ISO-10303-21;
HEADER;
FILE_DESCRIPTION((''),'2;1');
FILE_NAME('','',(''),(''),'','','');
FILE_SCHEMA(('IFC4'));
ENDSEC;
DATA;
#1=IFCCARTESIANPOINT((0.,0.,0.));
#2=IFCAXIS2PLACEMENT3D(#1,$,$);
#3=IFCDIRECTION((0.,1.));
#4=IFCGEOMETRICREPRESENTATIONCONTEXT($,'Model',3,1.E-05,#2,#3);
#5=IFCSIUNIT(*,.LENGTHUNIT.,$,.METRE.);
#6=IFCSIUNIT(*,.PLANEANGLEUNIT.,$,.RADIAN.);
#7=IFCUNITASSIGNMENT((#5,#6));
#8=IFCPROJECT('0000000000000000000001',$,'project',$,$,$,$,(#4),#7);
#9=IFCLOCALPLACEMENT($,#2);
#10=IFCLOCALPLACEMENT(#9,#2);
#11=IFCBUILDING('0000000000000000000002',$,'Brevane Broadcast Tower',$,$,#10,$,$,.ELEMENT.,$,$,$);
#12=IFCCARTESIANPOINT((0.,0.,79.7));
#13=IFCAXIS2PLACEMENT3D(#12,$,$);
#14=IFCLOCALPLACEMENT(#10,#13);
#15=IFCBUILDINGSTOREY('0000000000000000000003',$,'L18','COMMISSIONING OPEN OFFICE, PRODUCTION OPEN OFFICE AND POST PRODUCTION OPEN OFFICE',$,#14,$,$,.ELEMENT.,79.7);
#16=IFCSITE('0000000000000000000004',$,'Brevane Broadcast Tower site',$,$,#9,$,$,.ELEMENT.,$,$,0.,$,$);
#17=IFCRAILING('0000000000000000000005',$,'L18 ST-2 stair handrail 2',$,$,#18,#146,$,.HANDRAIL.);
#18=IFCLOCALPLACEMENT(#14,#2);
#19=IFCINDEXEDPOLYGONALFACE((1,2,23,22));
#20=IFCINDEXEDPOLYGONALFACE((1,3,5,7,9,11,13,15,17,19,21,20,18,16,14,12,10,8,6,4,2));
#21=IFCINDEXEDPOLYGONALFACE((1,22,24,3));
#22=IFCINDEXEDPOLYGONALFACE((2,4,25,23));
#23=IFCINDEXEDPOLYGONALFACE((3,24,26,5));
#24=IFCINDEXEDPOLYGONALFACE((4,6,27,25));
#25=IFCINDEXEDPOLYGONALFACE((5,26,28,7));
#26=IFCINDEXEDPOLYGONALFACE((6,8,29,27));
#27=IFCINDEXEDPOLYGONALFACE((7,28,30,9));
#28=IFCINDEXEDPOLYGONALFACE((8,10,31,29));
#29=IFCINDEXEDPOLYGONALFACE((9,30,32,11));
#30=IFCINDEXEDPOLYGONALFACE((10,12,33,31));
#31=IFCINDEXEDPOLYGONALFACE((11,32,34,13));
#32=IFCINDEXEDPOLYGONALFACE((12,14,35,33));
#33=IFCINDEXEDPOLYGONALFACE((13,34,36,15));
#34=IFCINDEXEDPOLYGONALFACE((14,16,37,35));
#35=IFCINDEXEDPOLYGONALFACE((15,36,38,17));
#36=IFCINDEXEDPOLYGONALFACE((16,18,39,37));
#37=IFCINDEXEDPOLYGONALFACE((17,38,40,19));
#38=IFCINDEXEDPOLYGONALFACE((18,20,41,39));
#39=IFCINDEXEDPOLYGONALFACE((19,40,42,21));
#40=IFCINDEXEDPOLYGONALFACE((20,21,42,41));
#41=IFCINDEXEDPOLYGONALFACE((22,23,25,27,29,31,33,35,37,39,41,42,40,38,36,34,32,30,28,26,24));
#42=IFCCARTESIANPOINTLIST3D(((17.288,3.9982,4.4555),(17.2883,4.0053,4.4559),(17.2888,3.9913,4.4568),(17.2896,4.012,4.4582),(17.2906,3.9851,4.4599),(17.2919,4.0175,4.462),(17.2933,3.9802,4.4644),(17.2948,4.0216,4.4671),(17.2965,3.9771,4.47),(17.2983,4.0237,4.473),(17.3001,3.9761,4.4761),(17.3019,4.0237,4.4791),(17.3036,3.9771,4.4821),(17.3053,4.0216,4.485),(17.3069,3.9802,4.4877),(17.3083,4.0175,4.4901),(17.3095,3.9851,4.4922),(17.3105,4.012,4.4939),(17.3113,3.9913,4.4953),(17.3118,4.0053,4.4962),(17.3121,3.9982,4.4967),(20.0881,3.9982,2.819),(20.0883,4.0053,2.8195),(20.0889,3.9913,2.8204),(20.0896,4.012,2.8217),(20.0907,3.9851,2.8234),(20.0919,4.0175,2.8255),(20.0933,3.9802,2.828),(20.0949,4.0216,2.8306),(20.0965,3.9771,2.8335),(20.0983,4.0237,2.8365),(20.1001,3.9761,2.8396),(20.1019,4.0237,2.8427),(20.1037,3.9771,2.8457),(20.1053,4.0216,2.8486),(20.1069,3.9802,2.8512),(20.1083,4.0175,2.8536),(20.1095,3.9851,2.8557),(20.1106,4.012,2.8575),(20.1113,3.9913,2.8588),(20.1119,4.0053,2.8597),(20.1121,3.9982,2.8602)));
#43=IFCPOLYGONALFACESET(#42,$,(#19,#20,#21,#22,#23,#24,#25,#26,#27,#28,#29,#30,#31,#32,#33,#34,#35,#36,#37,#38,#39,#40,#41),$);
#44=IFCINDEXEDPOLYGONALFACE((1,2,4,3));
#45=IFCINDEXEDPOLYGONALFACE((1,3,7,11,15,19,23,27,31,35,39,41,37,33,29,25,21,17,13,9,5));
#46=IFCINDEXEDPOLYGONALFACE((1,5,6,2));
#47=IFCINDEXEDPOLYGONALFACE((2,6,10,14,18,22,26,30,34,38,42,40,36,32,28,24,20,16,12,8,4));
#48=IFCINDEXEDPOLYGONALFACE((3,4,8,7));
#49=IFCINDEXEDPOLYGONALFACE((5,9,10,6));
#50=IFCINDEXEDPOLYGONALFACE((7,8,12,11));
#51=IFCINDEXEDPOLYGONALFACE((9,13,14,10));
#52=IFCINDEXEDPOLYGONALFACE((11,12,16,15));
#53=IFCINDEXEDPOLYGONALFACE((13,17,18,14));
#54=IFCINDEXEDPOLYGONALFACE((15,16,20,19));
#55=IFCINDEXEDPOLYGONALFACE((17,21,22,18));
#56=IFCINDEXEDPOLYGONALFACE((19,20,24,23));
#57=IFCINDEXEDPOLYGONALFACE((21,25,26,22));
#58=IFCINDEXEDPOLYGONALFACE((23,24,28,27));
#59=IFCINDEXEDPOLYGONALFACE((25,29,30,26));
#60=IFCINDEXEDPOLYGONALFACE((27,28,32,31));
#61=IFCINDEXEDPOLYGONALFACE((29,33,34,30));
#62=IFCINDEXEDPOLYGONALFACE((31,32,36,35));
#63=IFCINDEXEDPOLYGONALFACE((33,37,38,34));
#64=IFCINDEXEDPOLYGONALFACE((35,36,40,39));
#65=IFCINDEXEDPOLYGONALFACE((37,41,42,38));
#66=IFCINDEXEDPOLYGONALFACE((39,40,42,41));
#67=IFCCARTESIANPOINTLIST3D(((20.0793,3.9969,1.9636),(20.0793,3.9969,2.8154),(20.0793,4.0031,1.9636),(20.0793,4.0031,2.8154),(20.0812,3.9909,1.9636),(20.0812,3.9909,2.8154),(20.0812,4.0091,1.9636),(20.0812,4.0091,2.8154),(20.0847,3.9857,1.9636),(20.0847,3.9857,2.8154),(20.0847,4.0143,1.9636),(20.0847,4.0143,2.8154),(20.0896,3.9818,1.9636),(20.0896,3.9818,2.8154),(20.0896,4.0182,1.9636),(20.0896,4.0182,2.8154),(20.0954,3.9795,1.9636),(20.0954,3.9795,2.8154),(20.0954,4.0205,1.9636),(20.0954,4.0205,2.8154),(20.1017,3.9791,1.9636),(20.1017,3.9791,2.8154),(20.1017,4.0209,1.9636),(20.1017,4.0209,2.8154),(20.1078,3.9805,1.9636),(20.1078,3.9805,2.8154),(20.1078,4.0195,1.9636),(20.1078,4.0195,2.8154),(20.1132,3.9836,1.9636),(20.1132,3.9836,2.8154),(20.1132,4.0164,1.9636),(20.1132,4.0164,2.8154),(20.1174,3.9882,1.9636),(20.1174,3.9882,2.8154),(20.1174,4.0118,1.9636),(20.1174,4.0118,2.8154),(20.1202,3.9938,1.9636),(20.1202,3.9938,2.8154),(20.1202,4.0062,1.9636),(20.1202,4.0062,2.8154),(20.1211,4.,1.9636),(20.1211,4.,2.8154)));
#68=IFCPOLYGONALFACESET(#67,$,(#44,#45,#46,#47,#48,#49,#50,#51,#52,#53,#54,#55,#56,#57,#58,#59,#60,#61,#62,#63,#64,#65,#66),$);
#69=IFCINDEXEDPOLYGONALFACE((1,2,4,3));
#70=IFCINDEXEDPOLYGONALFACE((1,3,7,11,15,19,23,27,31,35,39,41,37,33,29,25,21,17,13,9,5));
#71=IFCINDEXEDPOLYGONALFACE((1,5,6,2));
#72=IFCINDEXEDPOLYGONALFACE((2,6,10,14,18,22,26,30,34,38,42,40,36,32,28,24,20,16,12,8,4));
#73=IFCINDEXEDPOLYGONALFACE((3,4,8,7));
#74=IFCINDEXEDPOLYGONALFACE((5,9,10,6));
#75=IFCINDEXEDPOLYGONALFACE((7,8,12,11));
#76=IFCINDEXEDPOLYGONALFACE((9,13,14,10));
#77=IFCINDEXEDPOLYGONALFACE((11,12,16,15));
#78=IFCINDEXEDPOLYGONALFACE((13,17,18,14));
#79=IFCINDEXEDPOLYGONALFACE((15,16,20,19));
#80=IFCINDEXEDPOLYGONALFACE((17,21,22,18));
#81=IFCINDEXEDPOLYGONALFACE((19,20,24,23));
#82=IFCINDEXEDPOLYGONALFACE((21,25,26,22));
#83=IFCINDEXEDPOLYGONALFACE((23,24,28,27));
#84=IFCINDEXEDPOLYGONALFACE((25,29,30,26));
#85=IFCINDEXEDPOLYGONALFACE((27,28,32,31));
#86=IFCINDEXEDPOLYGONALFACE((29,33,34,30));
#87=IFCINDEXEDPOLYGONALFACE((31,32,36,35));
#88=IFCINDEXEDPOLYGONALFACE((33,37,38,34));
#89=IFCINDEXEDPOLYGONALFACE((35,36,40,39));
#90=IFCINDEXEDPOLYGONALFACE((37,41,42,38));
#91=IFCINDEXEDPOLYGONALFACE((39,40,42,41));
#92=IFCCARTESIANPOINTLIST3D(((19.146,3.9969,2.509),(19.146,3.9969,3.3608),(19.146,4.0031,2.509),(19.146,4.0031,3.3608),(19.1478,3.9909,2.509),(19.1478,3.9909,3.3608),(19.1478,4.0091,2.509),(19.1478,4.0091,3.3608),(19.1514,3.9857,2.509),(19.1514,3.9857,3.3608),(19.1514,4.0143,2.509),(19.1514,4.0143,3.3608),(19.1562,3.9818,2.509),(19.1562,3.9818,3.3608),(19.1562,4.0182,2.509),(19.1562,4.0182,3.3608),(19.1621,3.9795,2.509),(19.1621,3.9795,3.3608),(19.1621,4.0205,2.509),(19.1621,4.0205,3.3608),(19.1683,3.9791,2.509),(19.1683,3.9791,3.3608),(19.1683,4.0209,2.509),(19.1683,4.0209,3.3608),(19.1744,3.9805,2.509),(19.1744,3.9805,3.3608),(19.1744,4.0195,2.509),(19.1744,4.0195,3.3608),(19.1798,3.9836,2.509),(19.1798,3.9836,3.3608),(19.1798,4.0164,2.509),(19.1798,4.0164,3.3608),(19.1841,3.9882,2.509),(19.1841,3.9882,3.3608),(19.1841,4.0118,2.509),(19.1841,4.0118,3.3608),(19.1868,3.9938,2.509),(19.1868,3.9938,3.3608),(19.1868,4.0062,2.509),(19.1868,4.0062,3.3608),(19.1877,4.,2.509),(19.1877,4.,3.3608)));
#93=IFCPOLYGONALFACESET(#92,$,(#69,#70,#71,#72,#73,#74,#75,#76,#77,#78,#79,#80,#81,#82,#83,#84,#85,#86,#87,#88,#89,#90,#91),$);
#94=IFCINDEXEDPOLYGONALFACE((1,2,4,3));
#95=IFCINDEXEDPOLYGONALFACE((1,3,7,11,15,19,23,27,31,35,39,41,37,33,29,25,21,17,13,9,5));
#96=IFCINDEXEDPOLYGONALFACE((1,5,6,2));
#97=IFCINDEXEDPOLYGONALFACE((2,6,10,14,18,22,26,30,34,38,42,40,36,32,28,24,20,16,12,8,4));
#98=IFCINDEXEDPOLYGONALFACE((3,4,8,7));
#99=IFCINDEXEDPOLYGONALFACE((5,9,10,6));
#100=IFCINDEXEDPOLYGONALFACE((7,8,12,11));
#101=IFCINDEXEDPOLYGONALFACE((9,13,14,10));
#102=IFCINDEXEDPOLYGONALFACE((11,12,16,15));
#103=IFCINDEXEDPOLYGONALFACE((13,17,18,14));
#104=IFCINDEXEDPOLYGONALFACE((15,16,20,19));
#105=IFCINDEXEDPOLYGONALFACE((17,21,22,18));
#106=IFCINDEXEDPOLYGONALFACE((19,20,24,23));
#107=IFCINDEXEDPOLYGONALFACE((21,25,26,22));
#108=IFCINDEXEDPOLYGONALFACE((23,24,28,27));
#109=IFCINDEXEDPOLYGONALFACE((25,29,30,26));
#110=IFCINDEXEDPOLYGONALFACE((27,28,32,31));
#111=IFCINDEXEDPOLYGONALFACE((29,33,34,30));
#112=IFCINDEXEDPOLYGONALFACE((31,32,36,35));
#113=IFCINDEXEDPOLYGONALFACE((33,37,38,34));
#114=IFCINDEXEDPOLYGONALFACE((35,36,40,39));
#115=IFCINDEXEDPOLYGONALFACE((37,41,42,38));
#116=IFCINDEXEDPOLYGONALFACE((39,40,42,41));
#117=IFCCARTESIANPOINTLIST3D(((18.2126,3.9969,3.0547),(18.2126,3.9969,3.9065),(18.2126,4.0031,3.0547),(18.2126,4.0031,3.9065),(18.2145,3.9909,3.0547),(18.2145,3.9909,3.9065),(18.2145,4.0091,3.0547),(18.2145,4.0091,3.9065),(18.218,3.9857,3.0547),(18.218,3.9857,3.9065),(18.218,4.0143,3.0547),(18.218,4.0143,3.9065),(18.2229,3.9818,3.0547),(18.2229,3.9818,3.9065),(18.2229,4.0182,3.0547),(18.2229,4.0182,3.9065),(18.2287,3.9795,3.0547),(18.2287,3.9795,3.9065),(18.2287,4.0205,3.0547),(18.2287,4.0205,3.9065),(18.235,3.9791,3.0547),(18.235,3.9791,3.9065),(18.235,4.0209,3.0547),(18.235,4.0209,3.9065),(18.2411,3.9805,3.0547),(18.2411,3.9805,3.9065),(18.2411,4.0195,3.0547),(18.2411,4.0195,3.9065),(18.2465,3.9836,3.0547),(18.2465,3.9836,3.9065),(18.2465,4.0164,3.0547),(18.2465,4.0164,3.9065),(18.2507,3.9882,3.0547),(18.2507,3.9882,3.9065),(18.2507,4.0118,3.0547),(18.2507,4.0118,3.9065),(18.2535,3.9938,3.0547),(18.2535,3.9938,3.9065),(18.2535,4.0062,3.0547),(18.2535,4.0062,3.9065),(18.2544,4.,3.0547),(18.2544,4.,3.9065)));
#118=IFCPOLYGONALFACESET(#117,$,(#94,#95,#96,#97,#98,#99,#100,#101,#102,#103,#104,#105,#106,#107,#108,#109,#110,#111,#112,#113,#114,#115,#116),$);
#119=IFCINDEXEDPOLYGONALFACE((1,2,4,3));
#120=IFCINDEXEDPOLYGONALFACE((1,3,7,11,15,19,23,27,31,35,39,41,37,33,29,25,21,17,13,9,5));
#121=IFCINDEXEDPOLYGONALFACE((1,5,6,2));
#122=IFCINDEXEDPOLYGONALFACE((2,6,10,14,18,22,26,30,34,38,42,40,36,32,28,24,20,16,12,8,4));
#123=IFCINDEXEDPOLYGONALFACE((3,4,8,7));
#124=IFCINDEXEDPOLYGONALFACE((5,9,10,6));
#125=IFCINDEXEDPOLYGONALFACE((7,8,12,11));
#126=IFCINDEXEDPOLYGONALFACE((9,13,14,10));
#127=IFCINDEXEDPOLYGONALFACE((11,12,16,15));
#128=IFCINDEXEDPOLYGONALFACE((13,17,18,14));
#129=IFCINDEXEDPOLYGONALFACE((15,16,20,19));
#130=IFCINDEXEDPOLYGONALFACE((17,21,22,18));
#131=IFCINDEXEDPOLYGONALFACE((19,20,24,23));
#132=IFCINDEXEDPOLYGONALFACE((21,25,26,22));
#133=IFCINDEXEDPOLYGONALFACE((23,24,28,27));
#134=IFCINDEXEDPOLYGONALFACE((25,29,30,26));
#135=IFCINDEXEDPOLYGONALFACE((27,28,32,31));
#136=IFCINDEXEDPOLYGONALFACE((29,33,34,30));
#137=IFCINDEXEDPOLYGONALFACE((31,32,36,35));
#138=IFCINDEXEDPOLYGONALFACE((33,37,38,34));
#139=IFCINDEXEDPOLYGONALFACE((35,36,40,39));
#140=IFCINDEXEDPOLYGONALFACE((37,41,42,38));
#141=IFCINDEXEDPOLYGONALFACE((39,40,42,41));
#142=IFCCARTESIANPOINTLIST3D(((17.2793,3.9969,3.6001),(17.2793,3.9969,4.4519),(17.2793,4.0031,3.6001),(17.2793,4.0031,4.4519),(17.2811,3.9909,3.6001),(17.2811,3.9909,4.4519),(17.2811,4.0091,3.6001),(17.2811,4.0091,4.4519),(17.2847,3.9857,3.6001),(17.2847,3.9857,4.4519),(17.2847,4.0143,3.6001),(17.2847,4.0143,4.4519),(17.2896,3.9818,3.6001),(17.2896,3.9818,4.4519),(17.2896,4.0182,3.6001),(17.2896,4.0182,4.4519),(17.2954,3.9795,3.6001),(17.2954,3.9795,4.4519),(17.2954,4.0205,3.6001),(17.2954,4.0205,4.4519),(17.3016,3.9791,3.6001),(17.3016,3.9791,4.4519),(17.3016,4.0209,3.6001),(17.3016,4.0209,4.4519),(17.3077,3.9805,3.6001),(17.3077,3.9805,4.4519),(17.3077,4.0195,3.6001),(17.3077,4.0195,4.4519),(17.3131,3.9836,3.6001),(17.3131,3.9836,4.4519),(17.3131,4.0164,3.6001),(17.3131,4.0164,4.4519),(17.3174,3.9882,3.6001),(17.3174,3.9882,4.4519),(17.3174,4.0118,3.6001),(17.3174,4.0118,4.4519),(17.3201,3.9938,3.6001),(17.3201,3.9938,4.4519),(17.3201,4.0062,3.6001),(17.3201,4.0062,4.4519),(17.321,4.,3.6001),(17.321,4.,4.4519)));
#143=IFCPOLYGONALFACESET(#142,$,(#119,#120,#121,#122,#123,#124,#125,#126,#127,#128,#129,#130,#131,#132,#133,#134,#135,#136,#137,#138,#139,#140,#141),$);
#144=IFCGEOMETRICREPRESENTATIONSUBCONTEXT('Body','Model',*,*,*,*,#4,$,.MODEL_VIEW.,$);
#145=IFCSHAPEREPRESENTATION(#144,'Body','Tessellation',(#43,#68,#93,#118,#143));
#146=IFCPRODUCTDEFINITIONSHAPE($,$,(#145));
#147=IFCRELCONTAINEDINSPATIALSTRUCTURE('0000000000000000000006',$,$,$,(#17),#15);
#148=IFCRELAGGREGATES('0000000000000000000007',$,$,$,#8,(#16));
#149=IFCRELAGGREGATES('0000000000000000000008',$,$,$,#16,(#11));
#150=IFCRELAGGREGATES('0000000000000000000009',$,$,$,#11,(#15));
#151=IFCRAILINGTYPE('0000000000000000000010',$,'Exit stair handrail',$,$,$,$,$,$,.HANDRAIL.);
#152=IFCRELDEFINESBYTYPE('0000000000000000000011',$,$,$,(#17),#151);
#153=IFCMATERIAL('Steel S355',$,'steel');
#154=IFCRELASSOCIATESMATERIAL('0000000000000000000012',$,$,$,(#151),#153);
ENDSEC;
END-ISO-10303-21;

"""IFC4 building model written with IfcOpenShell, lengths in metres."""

from ifc_helpers import new_model, si_unit, direction, frame, origin, origin_2d, place, context, subcontext, project, spatial, circle, extrude, material, type_object, element, save


model = new_model("IFC4")

# Units and contexts
model_context = context("Model", 3, precision=1e-05, world=origin(), true_north=direction((0.0, 1.0)))
body_context = subcontext(model_context, "Body", "Model", "MODEL_VIEW")
ifc_project = project(units=[si_unit("LENGTHUNIT", "METRE"), si_unit("PLANEANGLEUNIT", "RADIAN")], contexts=[model_context])

# Site, building, storey
site_placement = place(None, origin())
site = spatial("IfcSite", under=ifc_project, at=site_placement, Name="Brevane Broadcast Tower site", CompositionType="ELEMENT", RefElevation=0.0)
building_placement = place(site_placement, origin())
building = spatial("IfcBuilding", under=site, at=building_placement, Name="Brevane Broadcast Tower", CompositionType="ELEMENT")
storey_placement = place(building_placement, frame((0.0, 0.0, 79.7)))
storey = spatial("IfcBuildingStorey", under=building, at=storey_placement, Name="L18", Description="COMMISSIONING OPEN OFFICE, PRODUCTION OPEN OFFICE AND POST PRODUCTION OPEN OFFICE", CompositionType="ELEMENT", Elevation=79.7)

# Railing
ifc_material_1 = material(Name="Steel S355", Category="steel")
railing_type_1 = type_object("IfcRailingType", Name="Exit stair handrail", PredefinedType="HANDRAIL", material=ifc_material_1)
railing_1_placement = place(storey_placement, frame((20.1001, 4.0, 1.9636)))
element("IfcRailing", 1, at=railing_1_placement, inside=storey, type_object=railing_type_1, Name="L18 ST-2 stair handrail 2", PredefinedType="HANDRAIL", context=body_context, shape_type="SweptSolid", body=[
    extrude(circle(Radius=0.0239, at=origin_2d()), frame((0.0, 0.0, 0.876), z_axis=(-0.863361, 0.0, 0.504587), x_axis=(0.0, -1.0, 0.0)), (0.0, 0.0, 1.0), 3.2432),
    extrude(circle(Radius=0.021, at=origin_2d()), origin(), (0.0, 0.0, 1.0), 0.8518),
    extrude(circle(Radius=0.021, at=origin_2d()), frame((-0.9333, 0.0, 0.5454)), (0.0, 0.0, 1.0), 0.8518),
    extrude(circle(Radius=0.021, at=origin_2d()), frame((-1.8667, 0.0, 1.0911)), (0.0, 0.0, 1.0), 0.8518),
    extrude(circle(Radius=0.021, at=origin_2d()), frame((-2.8, 0.0, 1.6365)), (0.0, 0.0, 1.0), 0.8518),
])

save(model, "model.ifc")
